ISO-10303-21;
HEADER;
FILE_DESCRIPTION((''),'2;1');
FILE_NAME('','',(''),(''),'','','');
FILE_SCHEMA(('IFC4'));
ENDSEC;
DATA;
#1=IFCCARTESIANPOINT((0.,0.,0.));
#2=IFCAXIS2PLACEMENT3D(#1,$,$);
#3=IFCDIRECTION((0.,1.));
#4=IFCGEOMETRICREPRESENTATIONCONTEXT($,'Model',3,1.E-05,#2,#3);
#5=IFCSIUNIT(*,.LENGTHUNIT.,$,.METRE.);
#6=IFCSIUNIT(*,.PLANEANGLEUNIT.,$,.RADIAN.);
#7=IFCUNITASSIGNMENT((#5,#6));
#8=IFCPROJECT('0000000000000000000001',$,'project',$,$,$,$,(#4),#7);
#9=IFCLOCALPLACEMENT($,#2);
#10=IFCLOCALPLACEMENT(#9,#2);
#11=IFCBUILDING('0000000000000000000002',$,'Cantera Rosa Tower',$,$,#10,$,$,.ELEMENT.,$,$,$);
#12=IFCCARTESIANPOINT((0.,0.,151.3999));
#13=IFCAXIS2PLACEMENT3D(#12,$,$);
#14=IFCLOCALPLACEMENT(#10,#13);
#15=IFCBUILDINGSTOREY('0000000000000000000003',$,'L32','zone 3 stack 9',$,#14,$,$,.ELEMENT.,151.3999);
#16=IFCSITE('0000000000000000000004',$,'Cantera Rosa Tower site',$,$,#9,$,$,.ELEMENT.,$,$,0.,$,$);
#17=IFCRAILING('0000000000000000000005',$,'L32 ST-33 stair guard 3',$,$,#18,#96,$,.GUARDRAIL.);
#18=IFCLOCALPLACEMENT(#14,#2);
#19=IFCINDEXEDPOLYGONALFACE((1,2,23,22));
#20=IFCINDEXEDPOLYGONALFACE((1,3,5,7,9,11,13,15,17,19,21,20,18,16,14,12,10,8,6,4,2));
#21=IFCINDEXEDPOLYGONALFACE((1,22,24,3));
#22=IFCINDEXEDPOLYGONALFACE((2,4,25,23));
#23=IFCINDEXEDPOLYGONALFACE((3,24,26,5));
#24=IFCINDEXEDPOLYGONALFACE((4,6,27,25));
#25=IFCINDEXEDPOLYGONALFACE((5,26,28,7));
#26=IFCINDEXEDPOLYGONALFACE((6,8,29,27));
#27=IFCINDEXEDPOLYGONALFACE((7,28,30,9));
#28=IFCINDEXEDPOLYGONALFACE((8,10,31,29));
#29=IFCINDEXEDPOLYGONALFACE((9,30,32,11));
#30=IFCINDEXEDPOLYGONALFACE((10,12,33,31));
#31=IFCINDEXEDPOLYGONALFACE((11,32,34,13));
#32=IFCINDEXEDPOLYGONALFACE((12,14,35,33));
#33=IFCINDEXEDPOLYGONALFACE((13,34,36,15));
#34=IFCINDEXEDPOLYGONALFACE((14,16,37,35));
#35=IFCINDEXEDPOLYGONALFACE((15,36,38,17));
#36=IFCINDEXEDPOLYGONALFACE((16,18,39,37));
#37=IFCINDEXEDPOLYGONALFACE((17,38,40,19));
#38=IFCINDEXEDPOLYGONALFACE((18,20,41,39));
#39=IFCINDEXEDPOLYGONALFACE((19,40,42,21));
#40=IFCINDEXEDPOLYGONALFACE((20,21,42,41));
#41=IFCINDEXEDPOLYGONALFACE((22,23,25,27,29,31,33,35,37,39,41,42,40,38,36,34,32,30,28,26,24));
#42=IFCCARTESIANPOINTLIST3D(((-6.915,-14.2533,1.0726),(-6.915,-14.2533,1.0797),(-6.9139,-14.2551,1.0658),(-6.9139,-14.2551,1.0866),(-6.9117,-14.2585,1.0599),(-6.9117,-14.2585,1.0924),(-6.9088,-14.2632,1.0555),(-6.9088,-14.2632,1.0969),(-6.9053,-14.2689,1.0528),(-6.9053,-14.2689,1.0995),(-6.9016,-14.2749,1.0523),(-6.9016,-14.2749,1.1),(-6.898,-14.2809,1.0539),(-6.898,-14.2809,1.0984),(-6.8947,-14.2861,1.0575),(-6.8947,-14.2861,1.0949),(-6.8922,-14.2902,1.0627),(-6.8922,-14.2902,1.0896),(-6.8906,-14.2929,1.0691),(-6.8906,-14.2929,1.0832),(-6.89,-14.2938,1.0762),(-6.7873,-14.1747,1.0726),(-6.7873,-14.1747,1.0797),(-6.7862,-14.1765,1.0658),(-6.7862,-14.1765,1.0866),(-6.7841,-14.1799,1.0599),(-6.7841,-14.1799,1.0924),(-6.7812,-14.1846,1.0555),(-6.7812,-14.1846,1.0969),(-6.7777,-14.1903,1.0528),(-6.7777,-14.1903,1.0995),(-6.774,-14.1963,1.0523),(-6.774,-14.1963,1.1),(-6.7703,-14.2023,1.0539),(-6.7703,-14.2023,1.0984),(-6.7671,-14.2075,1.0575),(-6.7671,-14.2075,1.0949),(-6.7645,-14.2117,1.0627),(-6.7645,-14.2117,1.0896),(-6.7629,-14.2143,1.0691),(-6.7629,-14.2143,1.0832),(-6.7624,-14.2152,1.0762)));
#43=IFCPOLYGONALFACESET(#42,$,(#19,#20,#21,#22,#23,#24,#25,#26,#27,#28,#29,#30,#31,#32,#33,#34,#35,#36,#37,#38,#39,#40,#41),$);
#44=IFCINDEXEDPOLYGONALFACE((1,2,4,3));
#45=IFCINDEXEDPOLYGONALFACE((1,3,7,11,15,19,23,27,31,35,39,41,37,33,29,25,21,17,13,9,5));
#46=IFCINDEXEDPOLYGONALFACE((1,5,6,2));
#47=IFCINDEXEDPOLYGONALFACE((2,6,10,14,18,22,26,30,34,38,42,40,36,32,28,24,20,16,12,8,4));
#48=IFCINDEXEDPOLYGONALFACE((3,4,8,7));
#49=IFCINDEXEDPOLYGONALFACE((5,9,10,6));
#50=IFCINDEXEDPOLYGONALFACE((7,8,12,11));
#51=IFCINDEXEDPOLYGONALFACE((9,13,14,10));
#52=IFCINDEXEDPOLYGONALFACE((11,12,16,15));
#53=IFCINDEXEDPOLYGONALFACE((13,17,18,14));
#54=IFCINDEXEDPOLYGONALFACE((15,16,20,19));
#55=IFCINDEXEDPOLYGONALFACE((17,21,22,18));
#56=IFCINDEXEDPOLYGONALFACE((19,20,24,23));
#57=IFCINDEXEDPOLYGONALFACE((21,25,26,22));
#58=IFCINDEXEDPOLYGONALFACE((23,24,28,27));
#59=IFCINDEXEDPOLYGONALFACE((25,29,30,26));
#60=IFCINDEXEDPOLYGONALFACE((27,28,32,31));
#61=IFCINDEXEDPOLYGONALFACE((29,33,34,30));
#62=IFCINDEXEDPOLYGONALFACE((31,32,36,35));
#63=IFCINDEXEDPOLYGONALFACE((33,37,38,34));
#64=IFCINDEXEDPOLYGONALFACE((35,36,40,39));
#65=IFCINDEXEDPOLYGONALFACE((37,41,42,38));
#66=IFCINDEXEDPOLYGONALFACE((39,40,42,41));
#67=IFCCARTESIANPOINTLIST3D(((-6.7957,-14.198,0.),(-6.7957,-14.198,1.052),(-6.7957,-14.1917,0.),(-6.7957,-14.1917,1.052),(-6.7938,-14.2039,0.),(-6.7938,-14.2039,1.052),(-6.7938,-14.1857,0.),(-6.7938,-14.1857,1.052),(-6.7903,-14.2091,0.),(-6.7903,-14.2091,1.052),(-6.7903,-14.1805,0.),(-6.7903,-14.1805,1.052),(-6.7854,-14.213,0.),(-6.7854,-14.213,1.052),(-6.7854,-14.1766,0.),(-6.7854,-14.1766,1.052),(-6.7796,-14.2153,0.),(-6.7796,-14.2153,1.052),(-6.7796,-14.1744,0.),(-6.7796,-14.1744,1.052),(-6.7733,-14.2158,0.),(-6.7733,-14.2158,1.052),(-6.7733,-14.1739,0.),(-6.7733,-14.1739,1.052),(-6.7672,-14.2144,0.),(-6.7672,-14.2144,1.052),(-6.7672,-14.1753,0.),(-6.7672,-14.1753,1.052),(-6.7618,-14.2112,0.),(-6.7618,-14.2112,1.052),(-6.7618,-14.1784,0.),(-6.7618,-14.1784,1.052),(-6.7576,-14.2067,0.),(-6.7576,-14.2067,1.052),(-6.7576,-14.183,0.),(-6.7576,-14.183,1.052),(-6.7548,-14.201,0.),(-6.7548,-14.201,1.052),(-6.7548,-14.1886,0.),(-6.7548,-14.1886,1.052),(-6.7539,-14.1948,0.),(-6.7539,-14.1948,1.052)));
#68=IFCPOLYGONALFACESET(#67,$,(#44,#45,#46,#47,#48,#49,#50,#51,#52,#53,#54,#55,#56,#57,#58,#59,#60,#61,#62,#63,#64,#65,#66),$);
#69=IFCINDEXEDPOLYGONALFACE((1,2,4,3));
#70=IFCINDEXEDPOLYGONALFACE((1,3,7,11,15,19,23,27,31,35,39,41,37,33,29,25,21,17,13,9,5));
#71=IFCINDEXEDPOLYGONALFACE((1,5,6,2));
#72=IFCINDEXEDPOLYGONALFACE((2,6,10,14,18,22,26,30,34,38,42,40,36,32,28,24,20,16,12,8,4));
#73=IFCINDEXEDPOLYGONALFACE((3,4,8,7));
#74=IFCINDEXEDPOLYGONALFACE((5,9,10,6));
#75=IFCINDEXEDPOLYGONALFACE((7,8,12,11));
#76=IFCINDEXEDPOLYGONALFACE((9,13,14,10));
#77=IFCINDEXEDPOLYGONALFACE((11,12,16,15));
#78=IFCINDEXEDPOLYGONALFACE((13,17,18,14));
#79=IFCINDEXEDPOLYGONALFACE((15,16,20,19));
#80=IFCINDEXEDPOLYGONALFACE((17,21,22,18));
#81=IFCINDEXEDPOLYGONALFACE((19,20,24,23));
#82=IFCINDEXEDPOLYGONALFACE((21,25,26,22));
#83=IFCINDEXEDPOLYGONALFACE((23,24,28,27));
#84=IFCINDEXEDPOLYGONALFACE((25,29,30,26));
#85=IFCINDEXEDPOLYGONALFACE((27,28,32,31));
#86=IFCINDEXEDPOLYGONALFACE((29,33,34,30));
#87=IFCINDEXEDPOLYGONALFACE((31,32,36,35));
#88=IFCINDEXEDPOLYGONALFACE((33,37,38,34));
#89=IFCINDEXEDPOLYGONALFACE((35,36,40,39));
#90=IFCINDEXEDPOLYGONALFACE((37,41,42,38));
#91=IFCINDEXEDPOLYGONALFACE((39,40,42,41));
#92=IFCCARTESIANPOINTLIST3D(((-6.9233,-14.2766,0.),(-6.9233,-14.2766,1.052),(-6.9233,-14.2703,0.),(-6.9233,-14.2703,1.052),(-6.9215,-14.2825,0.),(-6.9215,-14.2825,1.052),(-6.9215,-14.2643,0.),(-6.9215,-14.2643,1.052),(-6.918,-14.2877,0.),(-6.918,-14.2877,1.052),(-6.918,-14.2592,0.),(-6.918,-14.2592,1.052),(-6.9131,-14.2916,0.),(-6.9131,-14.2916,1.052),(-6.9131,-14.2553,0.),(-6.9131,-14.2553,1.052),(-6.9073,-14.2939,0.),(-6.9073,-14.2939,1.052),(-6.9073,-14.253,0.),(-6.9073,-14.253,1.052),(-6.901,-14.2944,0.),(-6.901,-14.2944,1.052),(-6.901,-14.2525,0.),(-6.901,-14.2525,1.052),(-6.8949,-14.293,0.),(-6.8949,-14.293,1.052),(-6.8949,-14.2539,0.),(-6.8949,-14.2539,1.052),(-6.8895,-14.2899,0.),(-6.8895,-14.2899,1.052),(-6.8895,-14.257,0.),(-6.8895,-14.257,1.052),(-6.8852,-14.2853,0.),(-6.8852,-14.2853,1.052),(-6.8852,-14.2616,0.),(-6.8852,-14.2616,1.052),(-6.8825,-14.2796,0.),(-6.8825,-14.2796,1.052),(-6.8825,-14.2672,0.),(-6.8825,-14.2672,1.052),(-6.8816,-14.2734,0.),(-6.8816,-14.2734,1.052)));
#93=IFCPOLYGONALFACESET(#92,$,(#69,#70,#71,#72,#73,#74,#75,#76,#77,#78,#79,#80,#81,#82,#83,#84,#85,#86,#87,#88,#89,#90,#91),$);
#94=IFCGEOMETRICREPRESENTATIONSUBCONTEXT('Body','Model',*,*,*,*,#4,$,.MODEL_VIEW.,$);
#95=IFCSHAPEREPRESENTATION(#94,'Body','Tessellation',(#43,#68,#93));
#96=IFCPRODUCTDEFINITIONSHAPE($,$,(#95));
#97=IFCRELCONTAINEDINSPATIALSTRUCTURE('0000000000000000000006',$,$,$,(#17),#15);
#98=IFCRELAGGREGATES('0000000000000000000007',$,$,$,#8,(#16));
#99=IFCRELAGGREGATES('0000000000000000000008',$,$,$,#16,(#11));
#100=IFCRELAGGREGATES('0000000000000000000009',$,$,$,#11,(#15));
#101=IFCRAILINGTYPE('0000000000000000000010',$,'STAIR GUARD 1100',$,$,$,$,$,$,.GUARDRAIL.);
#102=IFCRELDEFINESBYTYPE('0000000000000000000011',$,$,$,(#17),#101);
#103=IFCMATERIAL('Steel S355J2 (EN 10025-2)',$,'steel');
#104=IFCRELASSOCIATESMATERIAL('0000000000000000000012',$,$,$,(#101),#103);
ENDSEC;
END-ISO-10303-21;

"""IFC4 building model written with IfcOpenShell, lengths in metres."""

from ifc_helpers import new_model, si_unit, direction, frame, origin, origin_2d, place, context, subcontext, project, spatial, circle, extrude, material, type_object, element, save


model = new_model("IFC4")

# Units and contexts
model_context = context("Model", 3, precision=1e-05, world=origin(), true_north=direction((0.0, 1.0)))
body_context = subcontext(model_context, "Body", "Model", "MODEL_VIEW")
ifc_project = project(units=[si_unit("LENGTHUNIT", "METRE"), si_unit("PLANEANGLEUNIT", "RADIAN")], contexts=[model_context])

# Site, building, storey
site_placement = place(None, origin())
site = spatial("IfcSite", under=ifc_project, at=site_placement, Name="Cantera Rosa Tower site", CompositionType="ELEMENT", RefElevation=0.0)
building_placement = place(site_placement, origin())
building = spatial("IfcBuilding", under=site, at=building_placement, Name="Cantera Rosa Tower", CompositionType="ELEMENT")
storey_placement = place(building_placement, frame((0.0, 0.0, 151.3999)))
storey = spatial("IfcBuildingStorey", under=building, at=storey_placement, Name="L32", Description="zone 3 stack 9", CompositionType="ELEMENT", Elevation=151.3999)

# Railing
ifc_material_1 = material(Name="Steel S355J2 (EN 10025-2)", Category="steel")
railing_type_1 = type_object("IfcRailingType", Name="STAIR GUARD 1100", PredefinedType="GUARDRAIL", material=ifc_material_1)
railing_1_placement = place(storey_placement, frame((-6.7749, -14.1948, 0.0)))
element("IfcRailing", 1, at=railing_1_placement, inside=storey, type_object=railing_type_1, Name="L32 ST-33 stair guard 3", PredefinedType="GUARDRAIL", context=body_context, shape_type="SweptSolid", body=[
    extrude(circle(Radius=0.0239, at=origin_2d()), frame((0.0, 0.0, 1.0762), z_axis=(-0.851546, -0.524279, 0.0), x_axis=(0.524279, -0.851546, 0.0)), (0.0, 0.0, 1.0), 0.1499),
    extrude(circle(Radius=0.021, at=origin_2d()), origin(), (0.0, 0.0, 1.0), 1.052),
    extrude(circle(Radius=0.021, at=origin_2d()), frame((-0.1277, -0.0786, 0.0)), (0.0, 0.0, 1.0), 1.052),
])

save(model, "model.ifc")
